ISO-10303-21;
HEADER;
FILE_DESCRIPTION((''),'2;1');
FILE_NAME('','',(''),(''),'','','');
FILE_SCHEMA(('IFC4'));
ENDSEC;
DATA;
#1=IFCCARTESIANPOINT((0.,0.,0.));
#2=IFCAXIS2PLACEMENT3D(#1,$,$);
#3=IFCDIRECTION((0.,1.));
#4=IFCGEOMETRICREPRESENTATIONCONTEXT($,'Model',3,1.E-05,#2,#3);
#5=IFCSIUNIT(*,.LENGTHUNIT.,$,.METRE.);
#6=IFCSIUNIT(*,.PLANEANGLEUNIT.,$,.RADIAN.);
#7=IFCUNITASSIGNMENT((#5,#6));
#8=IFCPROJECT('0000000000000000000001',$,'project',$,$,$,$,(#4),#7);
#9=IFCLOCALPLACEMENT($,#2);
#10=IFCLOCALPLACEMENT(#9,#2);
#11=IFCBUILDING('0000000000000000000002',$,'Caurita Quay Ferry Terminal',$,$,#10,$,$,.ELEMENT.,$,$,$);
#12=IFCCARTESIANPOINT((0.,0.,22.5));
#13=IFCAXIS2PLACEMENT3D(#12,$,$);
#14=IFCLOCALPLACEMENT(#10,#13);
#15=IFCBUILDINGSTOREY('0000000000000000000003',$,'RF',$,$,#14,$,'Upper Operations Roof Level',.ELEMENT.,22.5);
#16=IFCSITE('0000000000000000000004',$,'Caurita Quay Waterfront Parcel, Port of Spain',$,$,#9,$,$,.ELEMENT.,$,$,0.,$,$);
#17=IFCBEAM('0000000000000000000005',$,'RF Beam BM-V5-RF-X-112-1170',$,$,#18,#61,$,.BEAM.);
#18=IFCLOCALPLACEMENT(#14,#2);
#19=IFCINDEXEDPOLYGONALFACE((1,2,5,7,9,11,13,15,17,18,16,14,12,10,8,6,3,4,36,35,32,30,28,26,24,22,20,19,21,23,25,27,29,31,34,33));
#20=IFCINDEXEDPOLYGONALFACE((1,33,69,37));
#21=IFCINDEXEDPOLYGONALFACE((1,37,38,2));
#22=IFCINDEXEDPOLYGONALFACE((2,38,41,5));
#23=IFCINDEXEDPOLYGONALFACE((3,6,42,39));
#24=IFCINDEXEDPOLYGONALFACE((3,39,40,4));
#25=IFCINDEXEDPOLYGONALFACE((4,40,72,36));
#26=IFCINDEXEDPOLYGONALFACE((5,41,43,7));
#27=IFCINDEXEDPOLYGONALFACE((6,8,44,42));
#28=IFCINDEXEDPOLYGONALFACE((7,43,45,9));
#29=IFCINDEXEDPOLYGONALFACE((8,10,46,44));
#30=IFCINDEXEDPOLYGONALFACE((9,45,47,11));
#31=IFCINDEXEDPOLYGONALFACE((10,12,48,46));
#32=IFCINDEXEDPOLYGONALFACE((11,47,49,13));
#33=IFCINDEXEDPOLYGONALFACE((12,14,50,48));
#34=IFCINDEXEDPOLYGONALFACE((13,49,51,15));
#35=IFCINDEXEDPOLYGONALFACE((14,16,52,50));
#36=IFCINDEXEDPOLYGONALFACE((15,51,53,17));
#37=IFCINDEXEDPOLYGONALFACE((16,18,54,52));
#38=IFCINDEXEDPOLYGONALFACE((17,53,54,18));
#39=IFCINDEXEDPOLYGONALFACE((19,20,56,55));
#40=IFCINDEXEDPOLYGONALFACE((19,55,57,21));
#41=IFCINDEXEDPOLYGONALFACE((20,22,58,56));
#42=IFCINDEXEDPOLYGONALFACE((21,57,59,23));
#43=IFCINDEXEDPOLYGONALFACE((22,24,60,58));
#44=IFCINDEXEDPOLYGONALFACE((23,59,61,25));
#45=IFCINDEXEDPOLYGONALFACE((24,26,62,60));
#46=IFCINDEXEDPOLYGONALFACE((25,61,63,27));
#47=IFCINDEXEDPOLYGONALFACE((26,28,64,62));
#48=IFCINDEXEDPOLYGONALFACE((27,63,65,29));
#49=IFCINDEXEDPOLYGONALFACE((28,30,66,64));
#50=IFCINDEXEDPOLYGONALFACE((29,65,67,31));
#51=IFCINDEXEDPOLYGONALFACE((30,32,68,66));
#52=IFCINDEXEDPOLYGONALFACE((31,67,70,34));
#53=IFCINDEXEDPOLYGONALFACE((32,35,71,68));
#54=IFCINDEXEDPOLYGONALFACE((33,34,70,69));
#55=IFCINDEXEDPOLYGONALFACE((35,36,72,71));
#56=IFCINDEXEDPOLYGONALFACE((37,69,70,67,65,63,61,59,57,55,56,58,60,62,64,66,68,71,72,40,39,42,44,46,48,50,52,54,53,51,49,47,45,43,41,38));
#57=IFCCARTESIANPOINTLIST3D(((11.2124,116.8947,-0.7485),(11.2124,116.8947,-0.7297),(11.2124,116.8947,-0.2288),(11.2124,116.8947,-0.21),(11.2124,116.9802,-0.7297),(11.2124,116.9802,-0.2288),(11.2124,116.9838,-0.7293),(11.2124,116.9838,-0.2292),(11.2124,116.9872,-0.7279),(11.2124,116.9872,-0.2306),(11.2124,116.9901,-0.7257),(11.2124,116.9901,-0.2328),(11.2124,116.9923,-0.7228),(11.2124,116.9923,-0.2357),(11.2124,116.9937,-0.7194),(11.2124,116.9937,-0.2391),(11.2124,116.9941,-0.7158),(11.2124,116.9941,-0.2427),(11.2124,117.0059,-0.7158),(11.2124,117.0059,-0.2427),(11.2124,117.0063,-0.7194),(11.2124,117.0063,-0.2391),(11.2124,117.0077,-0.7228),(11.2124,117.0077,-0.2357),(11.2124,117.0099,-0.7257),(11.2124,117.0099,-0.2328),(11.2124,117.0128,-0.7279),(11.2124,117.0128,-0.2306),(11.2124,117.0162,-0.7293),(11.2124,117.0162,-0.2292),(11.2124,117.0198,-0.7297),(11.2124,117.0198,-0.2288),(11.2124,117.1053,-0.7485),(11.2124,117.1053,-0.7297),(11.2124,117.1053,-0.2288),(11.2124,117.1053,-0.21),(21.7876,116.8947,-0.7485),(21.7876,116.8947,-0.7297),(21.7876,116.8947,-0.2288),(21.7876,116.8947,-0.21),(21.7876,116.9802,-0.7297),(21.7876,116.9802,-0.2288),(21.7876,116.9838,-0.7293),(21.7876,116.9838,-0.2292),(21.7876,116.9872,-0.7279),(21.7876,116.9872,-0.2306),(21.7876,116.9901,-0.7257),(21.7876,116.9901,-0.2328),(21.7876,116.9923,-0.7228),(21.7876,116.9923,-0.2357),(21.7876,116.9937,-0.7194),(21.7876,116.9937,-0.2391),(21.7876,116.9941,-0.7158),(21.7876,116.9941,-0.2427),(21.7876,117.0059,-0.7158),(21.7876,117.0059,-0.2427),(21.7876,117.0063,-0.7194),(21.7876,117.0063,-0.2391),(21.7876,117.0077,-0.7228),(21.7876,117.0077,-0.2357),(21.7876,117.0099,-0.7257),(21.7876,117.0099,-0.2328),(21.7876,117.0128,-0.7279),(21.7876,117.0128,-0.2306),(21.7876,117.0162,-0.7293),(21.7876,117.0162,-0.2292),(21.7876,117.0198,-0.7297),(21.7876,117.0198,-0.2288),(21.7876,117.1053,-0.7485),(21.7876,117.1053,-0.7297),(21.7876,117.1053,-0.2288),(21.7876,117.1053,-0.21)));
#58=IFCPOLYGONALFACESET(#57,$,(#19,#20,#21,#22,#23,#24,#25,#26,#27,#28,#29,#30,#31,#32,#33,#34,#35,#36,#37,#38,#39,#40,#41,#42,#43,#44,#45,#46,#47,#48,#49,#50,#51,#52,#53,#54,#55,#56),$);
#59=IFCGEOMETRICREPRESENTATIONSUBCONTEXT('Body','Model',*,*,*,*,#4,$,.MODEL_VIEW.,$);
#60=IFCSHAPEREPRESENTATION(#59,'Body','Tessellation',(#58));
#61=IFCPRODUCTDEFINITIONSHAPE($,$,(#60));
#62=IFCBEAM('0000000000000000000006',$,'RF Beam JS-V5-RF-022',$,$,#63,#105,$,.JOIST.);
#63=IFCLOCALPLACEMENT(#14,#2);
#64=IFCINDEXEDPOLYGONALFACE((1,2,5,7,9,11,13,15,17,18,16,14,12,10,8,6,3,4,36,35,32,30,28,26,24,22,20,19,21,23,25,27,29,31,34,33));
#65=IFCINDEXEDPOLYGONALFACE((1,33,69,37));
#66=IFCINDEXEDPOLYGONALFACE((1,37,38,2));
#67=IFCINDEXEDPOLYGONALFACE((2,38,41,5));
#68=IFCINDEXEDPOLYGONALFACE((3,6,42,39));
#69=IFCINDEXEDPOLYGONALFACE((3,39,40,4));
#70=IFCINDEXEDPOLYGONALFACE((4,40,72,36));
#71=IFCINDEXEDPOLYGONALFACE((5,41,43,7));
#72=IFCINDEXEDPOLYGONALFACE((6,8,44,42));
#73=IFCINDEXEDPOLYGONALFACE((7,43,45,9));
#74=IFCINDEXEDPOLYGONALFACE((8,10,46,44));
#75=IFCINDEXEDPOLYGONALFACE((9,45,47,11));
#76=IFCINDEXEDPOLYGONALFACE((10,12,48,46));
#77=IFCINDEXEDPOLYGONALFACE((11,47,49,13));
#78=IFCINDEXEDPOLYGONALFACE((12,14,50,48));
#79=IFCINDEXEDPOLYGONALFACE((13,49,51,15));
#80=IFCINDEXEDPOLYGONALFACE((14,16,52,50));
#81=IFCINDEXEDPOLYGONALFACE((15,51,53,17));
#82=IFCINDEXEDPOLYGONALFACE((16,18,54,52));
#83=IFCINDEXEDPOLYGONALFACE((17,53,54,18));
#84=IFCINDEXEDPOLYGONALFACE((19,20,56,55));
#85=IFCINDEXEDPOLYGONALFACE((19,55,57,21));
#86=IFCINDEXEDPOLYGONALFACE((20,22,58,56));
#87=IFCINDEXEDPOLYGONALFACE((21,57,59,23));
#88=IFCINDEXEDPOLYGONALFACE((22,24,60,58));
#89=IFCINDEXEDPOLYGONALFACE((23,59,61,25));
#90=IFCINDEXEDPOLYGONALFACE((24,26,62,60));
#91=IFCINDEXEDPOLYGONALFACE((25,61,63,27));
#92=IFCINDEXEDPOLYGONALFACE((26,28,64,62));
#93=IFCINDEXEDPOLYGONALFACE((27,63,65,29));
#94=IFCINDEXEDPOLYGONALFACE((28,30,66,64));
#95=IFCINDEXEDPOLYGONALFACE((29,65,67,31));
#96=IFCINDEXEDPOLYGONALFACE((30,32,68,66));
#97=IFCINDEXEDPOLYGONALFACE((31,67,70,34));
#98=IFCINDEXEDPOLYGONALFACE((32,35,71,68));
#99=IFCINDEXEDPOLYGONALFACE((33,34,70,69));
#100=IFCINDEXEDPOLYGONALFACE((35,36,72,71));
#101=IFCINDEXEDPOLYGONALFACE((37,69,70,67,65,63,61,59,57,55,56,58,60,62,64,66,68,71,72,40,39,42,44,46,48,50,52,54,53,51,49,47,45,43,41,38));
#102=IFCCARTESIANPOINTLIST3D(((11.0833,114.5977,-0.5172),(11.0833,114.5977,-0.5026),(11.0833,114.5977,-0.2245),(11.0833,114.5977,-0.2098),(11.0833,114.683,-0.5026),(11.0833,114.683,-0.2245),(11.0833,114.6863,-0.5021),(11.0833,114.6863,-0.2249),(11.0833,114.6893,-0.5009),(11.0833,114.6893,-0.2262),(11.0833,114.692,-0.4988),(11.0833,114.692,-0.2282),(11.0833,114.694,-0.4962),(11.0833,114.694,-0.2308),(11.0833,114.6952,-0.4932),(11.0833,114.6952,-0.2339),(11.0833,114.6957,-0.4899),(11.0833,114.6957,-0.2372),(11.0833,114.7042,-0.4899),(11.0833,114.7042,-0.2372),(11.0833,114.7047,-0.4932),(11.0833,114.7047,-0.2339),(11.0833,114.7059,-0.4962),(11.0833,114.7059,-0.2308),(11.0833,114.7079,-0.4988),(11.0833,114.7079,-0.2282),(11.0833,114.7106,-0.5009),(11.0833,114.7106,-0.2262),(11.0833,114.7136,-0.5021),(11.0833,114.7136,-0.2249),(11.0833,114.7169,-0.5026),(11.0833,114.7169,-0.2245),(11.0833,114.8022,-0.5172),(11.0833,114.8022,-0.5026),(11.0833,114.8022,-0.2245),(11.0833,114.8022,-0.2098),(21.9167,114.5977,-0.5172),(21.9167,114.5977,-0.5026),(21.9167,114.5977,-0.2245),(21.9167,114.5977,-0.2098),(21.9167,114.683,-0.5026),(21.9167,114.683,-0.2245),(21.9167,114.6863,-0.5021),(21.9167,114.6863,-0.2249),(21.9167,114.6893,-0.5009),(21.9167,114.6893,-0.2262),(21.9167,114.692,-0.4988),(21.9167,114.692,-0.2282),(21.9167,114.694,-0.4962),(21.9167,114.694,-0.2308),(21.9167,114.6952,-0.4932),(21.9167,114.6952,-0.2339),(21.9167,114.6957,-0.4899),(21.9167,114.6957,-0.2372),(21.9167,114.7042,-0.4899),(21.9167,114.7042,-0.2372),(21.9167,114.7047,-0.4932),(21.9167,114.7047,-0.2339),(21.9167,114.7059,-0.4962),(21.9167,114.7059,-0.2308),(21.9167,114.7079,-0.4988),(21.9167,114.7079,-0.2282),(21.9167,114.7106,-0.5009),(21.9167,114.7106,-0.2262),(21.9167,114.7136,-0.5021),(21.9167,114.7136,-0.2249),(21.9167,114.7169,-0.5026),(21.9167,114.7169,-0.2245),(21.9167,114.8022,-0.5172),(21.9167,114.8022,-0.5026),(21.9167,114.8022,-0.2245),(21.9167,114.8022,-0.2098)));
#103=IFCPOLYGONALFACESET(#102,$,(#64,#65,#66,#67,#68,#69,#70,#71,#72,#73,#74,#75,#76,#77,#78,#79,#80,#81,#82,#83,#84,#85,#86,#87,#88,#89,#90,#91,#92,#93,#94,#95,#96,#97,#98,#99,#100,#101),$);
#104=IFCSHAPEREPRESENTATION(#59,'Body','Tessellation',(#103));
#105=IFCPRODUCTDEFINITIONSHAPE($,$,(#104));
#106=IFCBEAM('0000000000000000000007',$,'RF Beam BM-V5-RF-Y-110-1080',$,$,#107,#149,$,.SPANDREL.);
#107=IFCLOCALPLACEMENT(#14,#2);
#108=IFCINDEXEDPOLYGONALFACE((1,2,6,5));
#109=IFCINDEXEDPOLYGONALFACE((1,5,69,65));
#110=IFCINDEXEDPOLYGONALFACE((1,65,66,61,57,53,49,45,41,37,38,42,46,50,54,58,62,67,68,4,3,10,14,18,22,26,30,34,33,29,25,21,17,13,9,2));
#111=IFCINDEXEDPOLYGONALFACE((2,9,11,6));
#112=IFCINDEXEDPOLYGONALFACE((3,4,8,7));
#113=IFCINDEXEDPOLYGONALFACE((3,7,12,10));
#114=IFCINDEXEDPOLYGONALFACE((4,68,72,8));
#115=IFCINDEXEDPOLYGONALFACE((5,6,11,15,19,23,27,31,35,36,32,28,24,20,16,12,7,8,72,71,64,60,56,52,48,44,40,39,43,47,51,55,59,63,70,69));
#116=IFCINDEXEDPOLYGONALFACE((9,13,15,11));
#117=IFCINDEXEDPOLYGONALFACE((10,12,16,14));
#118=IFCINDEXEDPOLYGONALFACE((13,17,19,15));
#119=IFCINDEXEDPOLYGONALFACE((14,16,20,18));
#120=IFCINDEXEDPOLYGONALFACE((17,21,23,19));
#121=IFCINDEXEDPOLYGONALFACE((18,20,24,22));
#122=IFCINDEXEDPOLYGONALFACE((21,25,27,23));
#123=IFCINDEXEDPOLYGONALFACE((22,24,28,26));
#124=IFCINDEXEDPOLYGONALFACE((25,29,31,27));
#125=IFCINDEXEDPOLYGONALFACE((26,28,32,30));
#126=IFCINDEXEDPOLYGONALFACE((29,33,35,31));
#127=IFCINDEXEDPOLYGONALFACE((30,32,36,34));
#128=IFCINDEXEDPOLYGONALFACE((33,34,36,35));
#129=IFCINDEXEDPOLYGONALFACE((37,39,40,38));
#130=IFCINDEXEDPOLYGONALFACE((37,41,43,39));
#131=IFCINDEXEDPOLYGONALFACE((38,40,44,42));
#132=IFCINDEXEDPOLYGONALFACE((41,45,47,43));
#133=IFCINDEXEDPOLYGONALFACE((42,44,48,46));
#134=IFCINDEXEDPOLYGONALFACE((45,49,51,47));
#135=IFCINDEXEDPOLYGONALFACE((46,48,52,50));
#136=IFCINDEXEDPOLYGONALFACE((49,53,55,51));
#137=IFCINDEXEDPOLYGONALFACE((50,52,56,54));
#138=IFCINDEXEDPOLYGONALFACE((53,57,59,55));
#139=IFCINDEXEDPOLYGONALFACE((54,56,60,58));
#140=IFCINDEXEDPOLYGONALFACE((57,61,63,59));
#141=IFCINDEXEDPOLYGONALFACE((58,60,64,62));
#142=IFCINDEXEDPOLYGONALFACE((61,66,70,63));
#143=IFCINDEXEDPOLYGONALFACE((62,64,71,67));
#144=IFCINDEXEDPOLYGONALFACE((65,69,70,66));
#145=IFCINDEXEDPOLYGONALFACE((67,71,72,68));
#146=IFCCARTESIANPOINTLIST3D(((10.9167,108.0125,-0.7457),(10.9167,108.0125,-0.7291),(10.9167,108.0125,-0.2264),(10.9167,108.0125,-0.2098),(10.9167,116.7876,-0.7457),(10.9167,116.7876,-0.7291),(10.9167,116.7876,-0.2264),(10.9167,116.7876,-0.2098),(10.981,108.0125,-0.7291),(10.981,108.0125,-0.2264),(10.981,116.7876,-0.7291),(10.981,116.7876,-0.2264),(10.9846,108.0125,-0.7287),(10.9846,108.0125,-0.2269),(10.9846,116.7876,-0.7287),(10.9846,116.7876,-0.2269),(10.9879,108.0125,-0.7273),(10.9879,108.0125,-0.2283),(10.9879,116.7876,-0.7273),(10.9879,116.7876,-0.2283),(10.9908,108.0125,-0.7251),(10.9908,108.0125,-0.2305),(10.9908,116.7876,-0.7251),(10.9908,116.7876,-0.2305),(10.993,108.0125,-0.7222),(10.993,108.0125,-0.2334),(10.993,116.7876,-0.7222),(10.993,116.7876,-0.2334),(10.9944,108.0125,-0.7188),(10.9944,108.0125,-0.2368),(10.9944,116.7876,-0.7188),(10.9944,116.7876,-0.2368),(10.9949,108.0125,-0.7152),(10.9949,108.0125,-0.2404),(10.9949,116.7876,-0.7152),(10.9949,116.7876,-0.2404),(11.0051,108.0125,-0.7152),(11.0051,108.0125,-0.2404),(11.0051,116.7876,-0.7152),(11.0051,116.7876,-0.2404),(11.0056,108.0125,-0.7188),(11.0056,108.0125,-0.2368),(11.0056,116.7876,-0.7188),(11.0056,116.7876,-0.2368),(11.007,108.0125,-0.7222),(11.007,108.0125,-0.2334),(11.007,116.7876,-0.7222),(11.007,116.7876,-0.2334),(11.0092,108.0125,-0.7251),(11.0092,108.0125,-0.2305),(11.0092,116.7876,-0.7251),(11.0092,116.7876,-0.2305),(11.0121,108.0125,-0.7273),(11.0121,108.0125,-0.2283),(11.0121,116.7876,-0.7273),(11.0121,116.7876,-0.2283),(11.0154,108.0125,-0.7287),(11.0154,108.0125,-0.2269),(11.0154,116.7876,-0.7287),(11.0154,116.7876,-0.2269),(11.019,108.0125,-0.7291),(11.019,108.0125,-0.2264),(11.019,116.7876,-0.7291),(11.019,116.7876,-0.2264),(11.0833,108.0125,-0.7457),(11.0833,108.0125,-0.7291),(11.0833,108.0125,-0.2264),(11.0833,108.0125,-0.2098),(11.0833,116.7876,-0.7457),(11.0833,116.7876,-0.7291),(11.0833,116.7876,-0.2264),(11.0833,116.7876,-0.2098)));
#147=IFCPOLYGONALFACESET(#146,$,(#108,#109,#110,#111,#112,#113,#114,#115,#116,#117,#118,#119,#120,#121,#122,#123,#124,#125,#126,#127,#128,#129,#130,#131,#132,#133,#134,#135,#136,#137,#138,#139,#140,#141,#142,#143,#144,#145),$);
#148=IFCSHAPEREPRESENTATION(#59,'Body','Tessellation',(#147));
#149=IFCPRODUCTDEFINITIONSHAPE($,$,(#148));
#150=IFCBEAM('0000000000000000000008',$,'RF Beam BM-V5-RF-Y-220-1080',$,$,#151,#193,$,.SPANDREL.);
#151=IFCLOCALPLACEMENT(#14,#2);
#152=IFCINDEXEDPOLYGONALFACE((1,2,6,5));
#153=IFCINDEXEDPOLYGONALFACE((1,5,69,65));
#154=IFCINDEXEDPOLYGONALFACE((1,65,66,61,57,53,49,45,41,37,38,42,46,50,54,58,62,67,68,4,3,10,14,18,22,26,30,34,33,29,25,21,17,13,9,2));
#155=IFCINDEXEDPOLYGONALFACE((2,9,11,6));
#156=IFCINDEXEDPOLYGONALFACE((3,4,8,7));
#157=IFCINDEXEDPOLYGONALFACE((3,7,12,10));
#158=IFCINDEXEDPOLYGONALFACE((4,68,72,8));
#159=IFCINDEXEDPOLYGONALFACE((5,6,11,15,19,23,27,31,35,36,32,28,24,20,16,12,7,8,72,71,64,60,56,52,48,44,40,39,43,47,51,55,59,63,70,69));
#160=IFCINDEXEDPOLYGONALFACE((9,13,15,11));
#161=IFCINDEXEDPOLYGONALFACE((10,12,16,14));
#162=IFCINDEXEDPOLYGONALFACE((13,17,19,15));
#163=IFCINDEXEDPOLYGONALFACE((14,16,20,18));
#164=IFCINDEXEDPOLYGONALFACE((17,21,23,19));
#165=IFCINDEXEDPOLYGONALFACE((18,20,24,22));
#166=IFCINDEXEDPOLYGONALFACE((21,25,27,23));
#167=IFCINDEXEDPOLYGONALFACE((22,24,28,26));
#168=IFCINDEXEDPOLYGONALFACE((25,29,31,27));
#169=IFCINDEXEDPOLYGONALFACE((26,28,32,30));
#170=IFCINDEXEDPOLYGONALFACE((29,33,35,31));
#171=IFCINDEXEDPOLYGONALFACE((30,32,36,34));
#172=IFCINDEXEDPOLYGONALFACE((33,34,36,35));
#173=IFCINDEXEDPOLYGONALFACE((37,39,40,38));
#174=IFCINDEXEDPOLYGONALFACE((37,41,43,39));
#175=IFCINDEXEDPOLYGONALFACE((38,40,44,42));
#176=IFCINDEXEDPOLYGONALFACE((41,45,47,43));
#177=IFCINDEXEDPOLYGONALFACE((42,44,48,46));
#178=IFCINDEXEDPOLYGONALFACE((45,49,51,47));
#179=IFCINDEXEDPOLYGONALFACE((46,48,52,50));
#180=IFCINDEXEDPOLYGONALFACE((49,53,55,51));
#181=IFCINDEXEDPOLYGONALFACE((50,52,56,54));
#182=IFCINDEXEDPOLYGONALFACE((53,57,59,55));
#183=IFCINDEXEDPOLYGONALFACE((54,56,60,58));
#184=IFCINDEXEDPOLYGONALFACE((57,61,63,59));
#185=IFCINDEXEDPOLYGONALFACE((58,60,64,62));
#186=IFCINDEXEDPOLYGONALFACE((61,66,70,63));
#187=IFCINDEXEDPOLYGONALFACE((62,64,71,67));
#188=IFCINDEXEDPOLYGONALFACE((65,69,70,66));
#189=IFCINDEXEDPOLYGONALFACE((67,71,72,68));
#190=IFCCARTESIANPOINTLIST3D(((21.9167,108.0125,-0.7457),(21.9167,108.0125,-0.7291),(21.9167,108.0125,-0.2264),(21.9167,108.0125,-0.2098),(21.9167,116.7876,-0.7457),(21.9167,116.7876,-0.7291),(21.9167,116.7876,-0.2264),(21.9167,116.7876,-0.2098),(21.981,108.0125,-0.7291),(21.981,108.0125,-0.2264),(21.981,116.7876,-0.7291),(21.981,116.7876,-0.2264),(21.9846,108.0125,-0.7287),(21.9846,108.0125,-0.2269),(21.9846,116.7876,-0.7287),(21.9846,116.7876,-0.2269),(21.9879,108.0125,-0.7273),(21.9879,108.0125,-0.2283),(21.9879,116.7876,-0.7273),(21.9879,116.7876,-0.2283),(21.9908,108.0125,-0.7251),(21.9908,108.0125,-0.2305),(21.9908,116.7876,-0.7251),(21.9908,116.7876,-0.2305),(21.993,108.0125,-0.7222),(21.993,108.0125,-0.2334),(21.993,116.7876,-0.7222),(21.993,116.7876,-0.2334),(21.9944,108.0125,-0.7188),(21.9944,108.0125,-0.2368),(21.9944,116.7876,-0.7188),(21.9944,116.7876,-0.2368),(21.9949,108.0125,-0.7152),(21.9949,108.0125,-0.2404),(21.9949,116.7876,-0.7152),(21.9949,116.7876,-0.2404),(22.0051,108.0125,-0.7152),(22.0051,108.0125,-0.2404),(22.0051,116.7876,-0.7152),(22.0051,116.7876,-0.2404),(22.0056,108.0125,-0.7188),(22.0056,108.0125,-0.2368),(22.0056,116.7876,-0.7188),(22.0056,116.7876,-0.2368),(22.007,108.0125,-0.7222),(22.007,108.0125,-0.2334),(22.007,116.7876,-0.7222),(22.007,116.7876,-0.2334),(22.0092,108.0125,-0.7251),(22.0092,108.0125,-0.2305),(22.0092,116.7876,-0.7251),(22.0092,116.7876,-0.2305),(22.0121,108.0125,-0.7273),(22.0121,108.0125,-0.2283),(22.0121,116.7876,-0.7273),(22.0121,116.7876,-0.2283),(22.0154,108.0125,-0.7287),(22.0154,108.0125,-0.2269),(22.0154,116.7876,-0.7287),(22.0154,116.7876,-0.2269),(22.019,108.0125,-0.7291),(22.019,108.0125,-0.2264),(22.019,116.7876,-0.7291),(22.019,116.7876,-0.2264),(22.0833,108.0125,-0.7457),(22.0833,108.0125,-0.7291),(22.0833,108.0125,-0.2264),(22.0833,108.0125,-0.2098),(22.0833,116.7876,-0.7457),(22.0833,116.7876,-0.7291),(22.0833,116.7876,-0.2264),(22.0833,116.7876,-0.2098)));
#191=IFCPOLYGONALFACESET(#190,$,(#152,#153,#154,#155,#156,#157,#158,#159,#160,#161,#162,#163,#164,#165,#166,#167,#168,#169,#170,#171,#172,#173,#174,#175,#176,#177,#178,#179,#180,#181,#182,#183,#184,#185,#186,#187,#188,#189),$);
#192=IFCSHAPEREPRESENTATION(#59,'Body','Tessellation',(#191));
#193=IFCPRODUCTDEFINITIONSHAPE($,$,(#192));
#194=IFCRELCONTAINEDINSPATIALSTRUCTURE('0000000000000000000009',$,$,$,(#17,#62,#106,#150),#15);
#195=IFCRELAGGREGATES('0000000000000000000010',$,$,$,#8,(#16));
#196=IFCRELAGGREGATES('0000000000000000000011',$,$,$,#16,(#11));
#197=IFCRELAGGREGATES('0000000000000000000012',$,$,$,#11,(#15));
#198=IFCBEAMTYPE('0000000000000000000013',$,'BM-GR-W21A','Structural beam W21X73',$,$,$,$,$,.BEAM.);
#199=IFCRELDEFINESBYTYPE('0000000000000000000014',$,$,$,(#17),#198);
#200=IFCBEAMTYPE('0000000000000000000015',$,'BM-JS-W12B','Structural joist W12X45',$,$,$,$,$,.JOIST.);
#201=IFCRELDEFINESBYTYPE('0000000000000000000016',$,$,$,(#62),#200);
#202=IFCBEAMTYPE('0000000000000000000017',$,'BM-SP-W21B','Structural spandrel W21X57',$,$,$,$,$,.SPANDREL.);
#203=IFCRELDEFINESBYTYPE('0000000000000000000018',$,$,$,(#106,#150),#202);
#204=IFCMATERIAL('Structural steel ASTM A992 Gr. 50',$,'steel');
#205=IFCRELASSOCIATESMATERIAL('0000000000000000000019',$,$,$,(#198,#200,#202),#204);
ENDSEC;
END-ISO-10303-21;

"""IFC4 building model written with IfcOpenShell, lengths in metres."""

from ifc_helpers import new_model, si_unit, direction, frame, origin, origin_2d, place, context, subcontext, project, spatial, i_section, extrude, material, material_profile, profile_set, type_object, element, save


model = new_model("IFC4")

# Units and contexts
model_context = context("Model", 3, precision=1e-05, world=origin(), true_north=direction((0.0, 1.0)))
body_context = subcontext(model_context, "Body", "Model", "MODEL_VIEW")
ifc_project = project(units=[si_unit("LENGTHUNIT", "METRE"), si_unit("PLANEANGLEUNIT", "RADIAN")], contexts=[model_context])

# Site, building, storey
site_placement = place(None, origin())
site = spatial("IfcSite", under=ifc_project, at=site_placement, Name="Caurita Quay Waterfront Parcel, Port of Spain", CompositionType="ELEMENT", RefElevation=0.0)
building_placement = place(site_placement, origin())
building = spatial("IfcBuilding", under=site, at=building_placement, Name="Caurita Quay Ferry Terminal", CompositionType="ELEMENT")
storey_placement = place(building_placement, frame((0.0, 0.0, 22.5)))
storey = spatial("IfcBuildingStorey", under=building, at=storey_placement, Name="RF", LongName="Upper Operations Roof Level", CompositionType="ELEMENT", Elevation=22.5)

# Beams
ifc_material_1 = material(Name="Structural steel ASTM A992 Gr. 50", Category="steel")
ifc_material_profile_1 = material_profile(ifc_material_1, i_section(OverallWidth=0.2107, OverallDepth=0.5386, WebThickness=0.0117, FlangeThickness=0.0188, FilletRadius=0.0139, at=origin_2d()), Name="W21X73")
ifc_profile_set_1 = profile_set([ifc_material_profile_1], Name="Structural steel ASTM A992 Gr. 50")
beam_type_1 = type_object("IfcBeamType", Name="BM-GR-W21A", Description="Structural beam W21X73", PredefinedType="BEAM", material=ifc_profile_set_1)
for number, where, z_axis, x_axis, name in (
    (1, (11.2124, 117.0, -0.4792), (1.0, 0.0, 0.0), (0.0, 1.0, 0.0), "RF Beam BM-V5-RF-X-112-1170"),
):
    element("IfcBeam", number, at=place(storey_placement, frame(where, z_axis=z_axis, x_axis=x_axis)), inside=storey, type_object=beam_type_1, Name=name, PredefinedType="BEAM", context=body_context, shape_type="SweptSolid", body=[
        extrude(i_section(OverallWidth=0.2107, OverallDepth=0.5386, WebThickness=0.0117, FlangeThickness=0.0188, FilletRadius=0.0139, at=origin_2d()), origin(), (0.0, 0.0, 1.0), 10.5752),
    ])
ifc_material_profile_2 = material_profile(ifc_material_1, i_section(OverallWidth=0.2046, OverallDepth=0.3074, WebThickness=0.0085, FlangeThickness=0.0146, FilletRadius=0.0127, at=origin_2d()), Name="W12X45")
ifc_profile_set_2 = profile_set([ifc_material_profile_2], Name="Structural steel ASTM A992 Gr. 50")
beam_type_2 = type_object("IfcBeamType", Name="BM-JS-W12B", Description="Structural joist W12X45", PredefinedType="JOIST", material=ifc_profile_set_2)
beam_1_placement = place(storey_placement, frame((11.0833, 114.7, -0.3635), z_axis=(1.0, 0.0, 0.0), x_axis=(0.0, 1.0, 0.0)))
element("IfcBeam", 2, at=beam_1_placement, inside=storey, type_object=beam_type_2, Name="RF Beam JS-V5-RF-022", PredefinedType="JOIST", context=body_context, shape_type="SweptSolid", body=[
    extrude(i_section(OverallWidth=0.2046, OverallDepth=0.3074, WebThickness=0.0085, FlangeThickness=0.0146, FilletRadius=0.0127, at=origin_2d()), origin(), (0.0, 0.0, 1.0), 10.8335),
])
ifc_material_profile_3 = material_profile(ifc_material_1, i_section(OverallWidth=0.1665, OverallDepth=0.5359, WebThickness=0.0103, FlangeThickness=0.0166, FilletRadius=0.0139, at=origin_2d()), Name="W21X57")
ifc_profile_set_3 = profile_set([ifc_material_profile_3], Name="Structural steel ASTM A992 Gr. 50")
beam_type_3 = type_object("IfcBeamType", Name="BM-SP-W21B", Description="Structural spandrel W21X57", PredefinedType="SPANDREL", material=ifc_profile_set_3)
for number, where, z_axis, x_axis, name in (
    (3, (11.0, 108.0125, -0.4778), (0.0, 1.0, 0.0), (-1.0, 0.0, 0.0), "RF Beam BM-V5-RF-Y-110-1080"),
    (4, (22.0, 108.0125, -0.4778), (0.0, 1.0, 0.0), (-1.0, 0.0, 0.0), "RF Beam BM-V5-RF-Y-220-1080"),
):
    element("IfcBeam", number, at=place(storey_placement, frame(where, z_axis=z_axis, x_axis=x_axis)), inside=storey, type_object=beam_type_3, Name=name, PredefinedType="SPANDREL", context=body_context, shape_type="SweptSolid", body=[
        extrude(i_section(OverallWidth=0.1665, OverallDepth=0.5359, WebThickness=0.0103, FlangeThickness=0.0166, FilletRadius=0.0139, at=origin_2d()), origin(), (0.0, 0.0, 1.0), 8.7751),
    ])

save(model, "model.ifc")
